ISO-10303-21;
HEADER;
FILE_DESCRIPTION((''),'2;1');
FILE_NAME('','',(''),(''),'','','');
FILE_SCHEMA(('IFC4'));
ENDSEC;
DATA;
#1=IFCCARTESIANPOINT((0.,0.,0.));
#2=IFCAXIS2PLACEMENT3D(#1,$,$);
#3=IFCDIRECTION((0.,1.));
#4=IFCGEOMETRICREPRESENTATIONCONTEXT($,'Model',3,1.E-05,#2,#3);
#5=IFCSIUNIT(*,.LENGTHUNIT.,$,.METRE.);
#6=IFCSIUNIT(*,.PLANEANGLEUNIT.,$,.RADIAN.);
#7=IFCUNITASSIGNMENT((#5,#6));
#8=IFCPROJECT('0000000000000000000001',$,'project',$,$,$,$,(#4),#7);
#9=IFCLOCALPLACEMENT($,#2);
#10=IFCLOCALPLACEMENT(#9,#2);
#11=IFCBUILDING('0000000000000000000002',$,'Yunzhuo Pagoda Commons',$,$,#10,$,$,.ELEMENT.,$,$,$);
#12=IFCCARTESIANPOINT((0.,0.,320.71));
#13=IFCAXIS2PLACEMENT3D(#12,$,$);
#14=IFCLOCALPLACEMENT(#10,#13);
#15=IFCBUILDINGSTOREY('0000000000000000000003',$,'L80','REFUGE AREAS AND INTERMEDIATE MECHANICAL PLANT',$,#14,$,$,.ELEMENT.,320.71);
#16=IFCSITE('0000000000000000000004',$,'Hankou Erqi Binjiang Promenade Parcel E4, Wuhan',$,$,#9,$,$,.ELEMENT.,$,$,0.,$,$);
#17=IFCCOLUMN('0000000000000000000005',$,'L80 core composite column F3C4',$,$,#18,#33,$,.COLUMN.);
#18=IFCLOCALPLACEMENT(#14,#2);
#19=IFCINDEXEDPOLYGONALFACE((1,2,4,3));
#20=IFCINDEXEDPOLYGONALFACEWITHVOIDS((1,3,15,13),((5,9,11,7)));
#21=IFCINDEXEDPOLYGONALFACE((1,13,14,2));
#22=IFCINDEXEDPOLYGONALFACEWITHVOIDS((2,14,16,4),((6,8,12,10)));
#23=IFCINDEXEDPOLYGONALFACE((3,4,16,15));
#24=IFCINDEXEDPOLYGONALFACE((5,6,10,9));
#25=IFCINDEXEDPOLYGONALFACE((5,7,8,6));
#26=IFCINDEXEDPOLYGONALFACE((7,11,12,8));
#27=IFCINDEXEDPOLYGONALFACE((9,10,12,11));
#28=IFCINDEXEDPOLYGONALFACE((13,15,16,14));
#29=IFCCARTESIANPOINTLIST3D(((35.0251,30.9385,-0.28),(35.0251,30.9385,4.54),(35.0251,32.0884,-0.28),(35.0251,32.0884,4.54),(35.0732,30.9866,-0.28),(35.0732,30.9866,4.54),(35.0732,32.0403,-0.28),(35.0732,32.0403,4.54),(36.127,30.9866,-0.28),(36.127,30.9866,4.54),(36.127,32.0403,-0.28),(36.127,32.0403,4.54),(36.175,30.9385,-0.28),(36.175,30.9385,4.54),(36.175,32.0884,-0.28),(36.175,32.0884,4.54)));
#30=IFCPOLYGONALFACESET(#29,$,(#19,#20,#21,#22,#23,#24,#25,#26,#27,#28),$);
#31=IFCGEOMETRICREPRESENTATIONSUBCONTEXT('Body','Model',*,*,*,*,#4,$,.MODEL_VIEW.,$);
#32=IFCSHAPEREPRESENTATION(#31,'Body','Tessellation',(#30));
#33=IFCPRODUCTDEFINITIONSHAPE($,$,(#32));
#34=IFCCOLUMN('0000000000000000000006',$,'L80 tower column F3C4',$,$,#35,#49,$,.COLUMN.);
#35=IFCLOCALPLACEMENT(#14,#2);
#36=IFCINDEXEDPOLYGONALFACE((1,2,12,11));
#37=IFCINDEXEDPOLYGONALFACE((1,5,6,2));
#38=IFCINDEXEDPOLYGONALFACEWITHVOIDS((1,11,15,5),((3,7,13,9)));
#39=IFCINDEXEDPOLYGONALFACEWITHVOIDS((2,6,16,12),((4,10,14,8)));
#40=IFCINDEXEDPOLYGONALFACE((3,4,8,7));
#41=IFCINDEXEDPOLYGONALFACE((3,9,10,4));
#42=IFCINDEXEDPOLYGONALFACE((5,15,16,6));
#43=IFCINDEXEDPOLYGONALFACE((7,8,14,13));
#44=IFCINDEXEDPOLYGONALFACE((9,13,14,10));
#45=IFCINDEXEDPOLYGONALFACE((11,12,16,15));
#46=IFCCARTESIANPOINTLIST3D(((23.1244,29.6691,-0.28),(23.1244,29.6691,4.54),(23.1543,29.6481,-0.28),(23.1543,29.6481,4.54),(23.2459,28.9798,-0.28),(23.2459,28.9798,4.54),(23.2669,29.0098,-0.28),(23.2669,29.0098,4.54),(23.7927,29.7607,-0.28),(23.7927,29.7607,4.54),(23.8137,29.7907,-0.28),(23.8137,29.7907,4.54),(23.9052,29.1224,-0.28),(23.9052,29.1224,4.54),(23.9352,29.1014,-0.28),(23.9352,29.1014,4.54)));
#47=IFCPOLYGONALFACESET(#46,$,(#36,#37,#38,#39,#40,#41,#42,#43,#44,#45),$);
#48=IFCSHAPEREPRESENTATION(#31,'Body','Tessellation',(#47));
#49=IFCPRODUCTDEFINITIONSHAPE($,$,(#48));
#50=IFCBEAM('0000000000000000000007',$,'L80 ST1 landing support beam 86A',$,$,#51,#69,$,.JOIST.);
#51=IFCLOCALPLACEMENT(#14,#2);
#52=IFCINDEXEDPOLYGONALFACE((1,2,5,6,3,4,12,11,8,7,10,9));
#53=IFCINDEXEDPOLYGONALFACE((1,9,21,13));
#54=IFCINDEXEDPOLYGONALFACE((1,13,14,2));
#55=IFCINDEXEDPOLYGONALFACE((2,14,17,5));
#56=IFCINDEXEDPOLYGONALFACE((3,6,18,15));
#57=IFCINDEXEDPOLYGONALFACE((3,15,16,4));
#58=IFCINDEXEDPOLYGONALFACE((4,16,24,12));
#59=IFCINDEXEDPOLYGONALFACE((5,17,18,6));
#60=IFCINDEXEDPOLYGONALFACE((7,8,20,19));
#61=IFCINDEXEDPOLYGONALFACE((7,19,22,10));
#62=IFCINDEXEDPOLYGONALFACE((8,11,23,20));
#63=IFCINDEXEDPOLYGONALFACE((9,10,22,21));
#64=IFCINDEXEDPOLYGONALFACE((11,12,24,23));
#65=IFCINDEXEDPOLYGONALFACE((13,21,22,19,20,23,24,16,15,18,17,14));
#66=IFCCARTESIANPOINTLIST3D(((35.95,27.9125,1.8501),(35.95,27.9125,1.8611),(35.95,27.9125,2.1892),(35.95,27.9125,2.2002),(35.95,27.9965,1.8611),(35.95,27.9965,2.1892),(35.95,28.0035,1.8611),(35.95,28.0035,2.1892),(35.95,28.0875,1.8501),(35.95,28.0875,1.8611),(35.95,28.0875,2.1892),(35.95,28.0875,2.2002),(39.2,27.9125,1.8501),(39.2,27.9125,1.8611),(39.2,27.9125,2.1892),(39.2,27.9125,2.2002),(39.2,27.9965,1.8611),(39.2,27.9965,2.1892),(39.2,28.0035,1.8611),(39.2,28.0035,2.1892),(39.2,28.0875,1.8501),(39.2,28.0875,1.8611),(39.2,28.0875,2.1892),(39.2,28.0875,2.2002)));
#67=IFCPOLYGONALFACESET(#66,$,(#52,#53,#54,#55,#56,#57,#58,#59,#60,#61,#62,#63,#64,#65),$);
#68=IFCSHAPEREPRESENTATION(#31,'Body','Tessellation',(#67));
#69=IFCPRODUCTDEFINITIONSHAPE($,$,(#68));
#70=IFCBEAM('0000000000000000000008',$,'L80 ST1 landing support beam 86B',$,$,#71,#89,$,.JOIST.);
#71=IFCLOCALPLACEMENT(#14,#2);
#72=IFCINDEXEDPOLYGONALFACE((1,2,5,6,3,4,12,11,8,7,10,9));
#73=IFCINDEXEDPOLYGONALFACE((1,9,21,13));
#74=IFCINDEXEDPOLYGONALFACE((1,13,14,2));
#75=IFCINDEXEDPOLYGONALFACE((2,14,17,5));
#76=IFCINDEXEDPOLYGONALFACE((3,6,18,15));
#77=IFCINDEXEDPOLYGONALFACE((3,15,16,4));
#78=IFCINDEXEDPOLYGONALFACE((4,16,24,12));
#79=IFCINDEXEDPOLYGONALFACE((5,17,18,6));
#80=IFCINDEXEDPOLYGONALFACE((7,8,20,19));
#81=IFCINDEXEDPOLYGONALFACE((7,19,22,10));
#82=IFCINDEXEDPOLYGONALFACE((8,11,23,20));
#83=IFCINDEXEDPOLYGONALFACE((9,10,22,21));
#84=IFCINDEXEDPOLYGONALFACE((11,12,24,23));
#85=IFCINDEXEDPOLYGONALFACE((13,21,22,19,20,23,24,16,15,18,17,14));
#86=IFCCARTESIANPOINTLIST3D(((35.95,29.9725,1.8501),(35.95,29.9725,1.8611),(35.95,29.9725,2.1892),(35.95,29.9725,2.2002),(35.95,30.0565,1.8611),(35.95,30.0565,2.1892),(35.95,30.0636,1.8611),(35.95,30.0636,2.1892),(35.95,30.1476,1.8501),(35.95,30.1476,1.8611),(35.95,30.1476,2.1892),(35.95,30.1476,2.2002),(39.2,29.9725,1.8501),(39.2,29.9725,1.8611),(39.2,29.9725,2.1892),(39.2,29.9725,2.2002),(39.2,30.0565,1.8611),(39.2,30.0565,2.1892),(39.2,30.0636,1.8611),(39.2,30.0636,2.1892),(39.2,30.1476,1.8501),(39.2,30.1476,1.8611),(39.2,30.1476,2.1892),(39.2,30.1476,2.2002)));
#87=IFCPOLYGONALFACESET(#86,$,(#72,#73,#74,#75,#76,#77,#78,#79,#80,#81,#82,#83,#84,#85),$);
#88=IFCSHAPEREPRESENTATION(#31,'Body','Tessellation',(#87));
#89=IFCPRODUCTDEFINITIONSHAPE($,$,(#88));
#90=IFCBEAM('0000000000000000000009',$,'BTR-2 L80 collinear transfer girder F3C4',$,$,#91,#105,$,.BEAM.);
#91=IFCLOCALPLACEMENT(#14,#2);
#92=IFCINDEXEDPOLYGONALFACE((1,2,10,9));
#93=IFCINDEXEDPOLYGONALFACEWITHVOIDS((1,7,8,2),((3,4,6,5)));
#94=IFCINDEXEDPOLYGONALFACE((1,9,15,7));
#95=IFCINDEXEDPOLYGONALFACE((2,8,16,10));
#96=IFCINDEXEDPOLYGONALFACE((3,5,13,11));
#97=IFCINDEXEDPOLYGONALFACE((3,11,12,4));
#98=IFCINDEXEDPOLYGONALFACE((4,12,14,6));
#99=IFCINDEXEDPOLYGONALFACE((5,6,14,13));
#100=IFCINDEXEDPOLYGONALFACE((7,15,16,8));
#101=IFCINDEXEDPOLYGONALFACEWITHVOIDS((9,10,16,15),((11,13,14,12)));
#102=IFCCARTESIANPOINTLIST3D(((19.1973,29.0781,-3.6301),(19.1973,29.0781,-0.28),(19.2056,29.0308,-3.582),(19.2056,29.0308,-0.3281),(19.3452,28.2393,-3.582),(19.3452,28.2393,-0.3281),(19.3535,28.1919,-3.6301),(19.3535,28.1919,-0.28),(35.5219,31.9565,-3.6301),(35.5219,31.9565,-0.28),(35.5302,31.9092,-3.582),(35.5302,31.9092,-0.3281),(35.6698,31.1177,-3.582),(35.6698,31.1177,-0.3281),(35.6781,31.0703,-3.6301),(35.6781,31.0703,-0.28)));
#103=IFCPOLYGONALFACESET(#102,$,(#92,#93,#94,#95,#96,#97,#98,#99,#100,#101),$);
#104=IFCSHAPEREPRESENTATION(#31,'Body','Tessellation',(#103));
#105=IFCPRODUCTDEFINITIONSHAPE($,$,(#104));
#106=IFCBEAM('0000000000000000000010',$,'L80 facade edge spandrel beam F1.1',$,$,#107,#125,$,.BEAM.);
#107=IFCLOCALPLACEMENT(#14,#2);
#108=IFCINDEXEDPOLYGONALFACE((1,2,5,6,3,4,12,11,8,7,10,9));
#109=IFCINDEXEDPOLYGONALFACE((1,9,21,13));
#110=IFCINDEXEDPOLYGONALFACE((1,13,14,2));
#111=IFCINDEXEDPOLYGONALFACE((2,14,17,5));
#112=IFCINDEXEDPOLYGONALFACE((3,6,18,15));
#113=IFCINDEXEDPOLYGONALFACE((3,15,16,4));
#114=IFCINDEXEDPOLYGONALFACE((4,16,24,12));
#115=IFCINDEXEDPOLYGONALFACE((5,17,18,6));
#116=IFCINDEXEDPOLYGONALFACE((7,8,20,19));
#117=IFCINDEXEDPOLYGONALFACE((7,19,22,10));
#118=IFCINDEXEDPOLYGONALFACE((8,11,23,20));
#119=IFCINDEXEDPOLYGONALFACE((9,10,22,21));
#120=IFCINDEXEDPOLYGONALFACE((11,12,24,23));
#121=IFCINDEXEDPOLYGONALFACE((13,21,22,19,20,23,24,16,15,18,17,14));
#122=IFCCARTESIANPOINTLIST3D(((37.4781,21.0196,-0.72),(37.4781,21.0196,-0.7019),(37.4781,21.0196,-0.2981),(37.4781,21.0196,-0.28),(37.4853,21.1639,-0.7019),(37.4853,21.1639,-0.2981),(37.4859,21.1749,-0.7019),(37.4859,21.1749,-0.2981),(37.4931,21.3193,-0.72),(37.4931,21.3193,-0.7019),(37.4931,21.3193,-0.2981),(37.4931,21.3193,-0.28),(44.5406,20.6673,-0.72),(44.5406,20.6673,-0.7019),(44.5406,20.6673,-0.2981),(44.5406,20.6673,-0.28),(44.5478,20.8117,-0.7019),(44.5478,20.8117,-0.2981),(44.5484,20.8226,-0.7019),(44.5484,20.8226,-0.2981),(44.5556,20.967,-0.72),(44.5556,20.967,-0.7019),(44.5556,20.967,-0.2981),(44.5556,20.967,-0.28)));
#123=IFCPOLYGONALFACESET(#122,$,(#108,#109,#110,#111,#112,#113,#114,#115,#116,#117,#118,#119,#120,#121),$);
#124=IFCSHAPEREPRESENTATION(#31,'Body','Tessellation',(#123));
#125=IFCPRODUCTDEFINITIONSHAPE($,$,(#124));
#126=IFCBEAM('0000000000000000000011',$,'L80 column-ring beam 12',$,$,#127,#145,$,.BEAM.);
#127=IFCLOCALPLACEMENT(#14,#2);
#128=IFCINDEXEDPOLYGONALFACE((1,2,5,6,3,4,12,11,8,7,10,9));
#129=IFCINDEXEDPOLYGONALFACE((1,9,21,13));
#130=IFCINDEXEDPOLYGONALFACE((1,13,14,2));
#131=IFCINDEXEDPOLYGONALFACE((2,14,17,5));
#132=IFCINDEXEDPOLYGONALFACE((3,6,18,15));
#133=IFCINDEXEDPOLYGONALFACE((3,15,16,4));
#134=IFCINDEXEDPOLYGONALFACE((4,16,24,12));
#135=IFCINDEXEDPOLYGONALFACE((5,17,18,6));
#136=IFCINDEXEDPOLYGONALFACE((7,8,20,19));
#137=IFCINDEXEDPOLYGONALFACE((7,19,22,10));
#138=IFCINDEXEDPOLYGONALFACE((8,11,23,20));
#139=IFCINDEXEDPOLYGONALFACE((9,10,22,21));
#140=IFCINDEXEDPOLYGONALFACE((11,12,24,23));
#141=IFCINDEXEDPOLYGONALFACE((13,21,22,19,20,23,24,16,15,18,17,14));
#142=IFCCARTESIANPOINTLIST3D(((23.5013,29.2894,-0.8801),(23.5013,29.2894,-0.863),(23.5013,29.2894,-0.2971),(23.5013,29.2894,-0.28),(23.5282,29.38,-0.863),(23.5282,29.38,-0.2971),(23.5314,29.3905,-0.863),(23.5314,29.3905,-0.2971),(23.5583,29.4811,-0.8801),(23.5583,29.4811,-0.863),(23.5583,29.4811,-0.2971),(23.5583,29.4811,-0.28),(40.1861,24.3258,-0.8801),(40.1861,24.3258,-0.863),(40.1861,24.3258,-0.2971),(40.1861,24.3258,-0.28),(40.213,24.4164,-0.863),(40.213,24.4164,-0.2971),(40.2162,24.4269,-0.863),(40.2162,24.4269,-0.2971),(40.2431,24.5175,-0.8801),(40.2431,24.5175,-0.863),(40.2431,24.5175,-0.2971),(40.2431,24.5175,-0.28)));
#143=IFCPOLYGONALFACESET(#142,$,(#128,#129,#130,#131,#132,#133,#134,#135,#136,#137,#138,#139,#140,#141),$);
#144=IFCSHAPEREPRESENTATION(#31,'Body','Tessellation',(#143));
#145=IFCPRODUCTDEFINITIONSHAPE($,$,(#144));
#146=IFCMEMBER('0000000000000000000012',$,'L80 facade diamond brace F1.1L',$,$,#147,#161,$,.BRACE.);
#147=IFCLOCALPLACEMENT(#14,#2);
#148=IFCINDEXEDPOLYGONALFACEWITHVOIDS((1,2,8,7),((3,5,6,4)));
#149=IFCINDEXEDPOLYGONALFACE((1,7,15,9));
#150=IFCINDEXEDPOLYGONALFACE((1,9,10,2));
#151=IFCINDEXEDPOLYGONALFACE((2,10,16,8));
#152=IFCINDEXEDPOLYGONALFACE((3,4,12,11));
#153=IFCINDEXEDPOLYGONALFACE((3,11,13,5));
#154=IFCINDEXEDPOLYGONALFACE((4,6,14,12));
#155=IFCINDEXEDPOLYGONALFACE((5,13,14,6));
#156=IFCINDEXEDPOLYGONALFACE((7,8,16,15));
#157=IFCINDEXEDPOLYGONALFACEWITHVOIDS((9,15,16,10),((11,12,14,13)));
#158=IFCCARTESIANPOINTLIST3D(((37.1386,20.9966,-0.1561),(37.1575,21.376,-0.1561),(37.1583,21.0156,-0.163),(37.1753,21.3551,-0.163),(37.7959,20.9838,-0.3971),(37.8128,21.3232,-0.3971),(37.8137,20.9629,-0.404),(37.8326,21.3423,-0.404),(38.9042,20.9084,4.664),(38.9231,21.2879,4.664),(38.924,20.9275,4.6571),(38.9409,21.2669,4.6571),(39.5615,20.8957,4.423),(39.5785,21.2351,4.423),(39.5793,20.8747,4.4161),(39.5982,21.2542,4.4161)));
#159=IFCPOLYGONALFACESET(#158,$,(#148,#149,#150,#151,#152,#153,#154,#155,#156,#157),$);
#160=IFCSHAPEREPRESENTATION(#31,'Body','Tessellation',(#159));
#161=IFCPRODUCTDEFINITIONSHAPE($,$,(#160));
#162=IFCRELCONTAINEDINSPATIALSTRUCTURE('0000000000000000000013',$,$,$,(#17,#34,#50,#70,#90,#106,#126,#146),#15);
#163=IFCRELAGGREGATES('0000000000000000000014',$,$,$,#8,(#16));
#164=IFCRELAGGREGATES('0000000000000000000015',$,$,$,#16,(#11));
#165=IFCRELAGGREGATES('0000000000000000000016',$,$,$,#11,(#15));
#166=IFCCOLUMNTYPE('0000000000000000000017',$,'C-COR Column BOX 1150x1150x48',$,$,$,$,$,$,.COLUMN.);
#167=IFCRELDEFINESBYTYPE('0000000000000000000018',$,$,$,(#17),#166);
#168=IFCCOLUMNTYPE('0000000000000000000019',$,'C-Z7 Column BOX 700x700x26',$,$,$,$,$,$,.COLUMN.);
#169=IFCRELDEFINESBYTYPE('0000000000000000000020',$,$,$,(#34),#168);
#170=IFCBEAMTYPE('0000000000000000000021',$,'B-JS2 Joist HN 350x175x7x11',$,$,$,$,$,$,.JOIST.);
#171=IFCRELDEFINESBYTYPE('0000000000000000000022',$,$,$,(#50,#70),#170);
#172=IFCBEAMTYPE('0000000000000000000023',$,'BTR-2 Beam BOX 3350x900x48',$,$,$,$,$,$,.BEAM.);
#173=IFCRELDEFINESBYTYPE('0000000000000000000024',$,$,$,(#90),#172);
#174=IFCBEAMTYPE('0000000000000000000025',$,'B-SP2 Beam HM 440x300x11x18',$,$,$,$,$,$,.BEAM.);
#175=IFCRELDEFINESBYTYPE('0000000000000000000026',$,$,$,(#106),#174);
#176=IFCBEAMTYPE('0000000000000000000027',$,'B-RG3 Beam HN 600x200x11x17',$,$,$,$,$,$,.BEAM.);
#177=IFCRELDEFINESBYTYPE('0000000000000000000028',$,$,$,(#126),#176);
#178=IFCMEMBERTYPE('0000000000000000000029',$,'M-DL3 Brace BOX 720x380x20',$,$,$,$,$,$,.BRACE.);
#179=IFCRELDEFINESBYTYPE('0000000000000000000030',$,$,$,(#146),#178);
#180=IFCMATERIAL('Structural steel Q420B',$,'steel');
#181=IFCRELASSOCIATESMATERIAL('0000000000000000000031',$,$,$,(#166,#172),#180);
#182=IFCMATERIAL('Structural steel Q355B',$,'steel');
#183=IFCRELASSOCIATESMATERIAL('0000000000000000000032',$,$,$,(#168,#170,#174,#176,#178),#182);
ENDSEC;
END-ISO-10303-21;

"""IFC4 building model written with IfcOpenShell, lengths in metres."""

from ifc_helpers import new_model, si_unit, direction, frame, origin, origin_2d, place, context, subcontext, project, spatial, hollow_rectangle, i_section, extrude, source, transform, mapped, material, material_profile, profile_set, type_object, element, save


model = new_model("IFC4")

# Units and contexts
model_context = context("Model", 3, precision=1e-05, world=origin(), true_north=direction((0.0, 1.0)))
body_context = subcontext(model_context, "Body", "Model", "MODEL_VIEW")
ifc_project = project(units=[si_unit("LENGTHUNIT", "METRE"), si_unit("PLANEANGLEUNIT", "RADIAN")], contexts=[model_context])

# Site, building, storey
site_placement = place(None, origin())
site = spatial("IfcSite", under=ifc_project, at=site_placement, Name="Hankou Erqi Binjiang Promenade Parcel E4, Wuhan", CompositionType="ELEMENT", RefElevation=0.0)
building_placement = place(site_placement, origin())
building = spatial("IfcBuilding", under=site, at=building_placement, Name="Yunzhuo Pagoda Commons", CompositionType="ELEMENT")
storey_placement = place(building_placement, frame((0.0, 0.0, 320.71)))
storey = spatial("IfcBuildingStorey", under=building, at=storey_placement, Name="L80", Description="REFUGE AREAS AND INTERMEDIATE MECHANICAL PLANT", CompositionType="ELEMENT", Elevation=320.71)

# Columns
ifc_material_1 = material(Name="Structural steel Q420B", Category="steel")
ifc_material_profile_1 = material_profile(ifc_material_1, hollow_rectangle(XDim=1.1499, YDim=1.1499, WallThickness=0.0481, at=origin_2d()), Name="Structural steel Q420B")
ifc_profile_set_1 = profile_set([ifc_material_profile_1], Name="Structural steel Q420B")
column_type_1 = type_object("IfcColumnType", Name="C-COR Column BOX 1150x1150x48", PredefinedType="COLUMN", material=ifc_profile_set_1)
shared_shape_1 = source(origin(), body_context, "Body", "SweptSolid", [
    extrude(hollow_rectangle(XDim=1.1499, YDim=1.1499, WallThickness=0.0481, at=origin_2d()), origin(), (0.0, 0.0, 1.0), 4.8201),
])
column_1_placement = place(storey_placement, frame((35.6001, 31.5134, -0.28), z_axis=(0.0, 0.0, 1.0), x_axis=(1.0, 0.0, 0.0)))
element("IfcColumn", 1, at=column_1_placement, inside=storey, type_object=column_type_1, Name="L80 core composite column F3C4", PredefinedType="COLUMN", context=body_context, shape_type="MappedRepresentation", body=[
    mapped(shared_shape_1, transform((0.0, 0.0, 0.0), scale=1.0)),
])
ifc_material_2 = material(Name="Structural steel Q355B", Category="steel")
ifc_material_profile_2 = material_profile(ifc_material_2, hollow_rectangle(XDim=0.7, YDim=0.7, WallThickness=0.0259, at=origin_2d()), Name="Structural steel Q355B")
ifc_profile_set_2 = profile_set([ifc_material_profile_2], Name="Structural steel Q355B")
column_type_2 = type_object("IfcColumnType", Name="C-Z7 Column BOX 700x700x26", PredefinedType="COLUMN", material=ifc_profile_set_2)
shared_shape_2 = source(origin(), body_context, "Body", "SweptSolid", [
    extrude(hollow_rectangle(XDim=0.7, YDim=0.7, WallThickness=0.0259, at=origin_2d()), origin(), (0.0, 0.0, 1.0), 4.8201),
])
column_2_placement = place(storey_placement, frame((23.5298, 29.3853, -0.28), z_axis=(0.0, 0.0, 1.0), x_axis=(0.173648, -0.984808, 0.0)))
element("IfcColumn", 2, at=column_2_placement, inside=storey, type_object=column_type_2, Name="L80 tower column F3C4", PredefinedType="COLUMN", context=body_context, shape_type="MappedRepresentation", body=[
    mapped(shared_shape_2, transform((0.0, 0.0, 0.0), scale=1.0)),
])

# Beams
ifc_material_profile_3 = material_profile(ifc_material_2, i_section(OverallWidth=0.175, OverallDepth=0.3501, WebThickness=0.0071, FlangeThickness=0.011, at=origin_2d()), Name="Structural steel Q355B")
ifc_profile_set_3 = profile_set([ifc_material_profile_3], Name="Structural steel Q355B")
beam_type_1 = type_object("IfcBeamType", Name="B-JS2 Joist HN 350x175x7x11", PredefinedType="JOIST", material=ifc_profile_set_3)
shared_shape_3 = source(origin(), body_context, "Body", "SweptSolid", [
    extrude(i_section(OverallWidth=0.175, OverallDepth=0.3501, WebThickness=0.0071, FlangeThickness=0.011, at=origin_2d()), origin(), (0.0, 0.0, 1.0), 3.25),
])
for number, where, z_axis, x_axis, name in (
    (3, (35.95, 28.0, 2.0251), (1.0, 0.0, 0.0), (0.0, 1.0, 0.0), "L80 ST1 landing support beam 86A"),
    (4, (35.95, 30.0601, 2.0251), (1.0, 0.0, 0.0), (0.0, 1.0, 0.0), "L80 ST1 landing support beam 86B"),
):
    element("IfcBeam", number, at=place(storey_placement, frame(where, z_axis=z_axis, x_axis=x_axis)), inside=storey, type_object=beam_type_1, Name=name, PredefinedType="JOIST", context=body_context, shape_type="MappedRepresentation", body=[
        mapped(shared_shape_3, transform((0.0, 0.0, 0.0), scale=1.0)),
    ])
ifc_material_profile_4 = material_profile(ifc_material_1, hollow_rectangle(XDim=0.8999, YDim=3.3501, WallThickness=0.0481, at=origin_2d()), Name="Structural steel Q420B")
ifc_profile_set_4 = profile_set([ifc_material_profile_4], Name="Structural steel Q420B")
beam_type_2 = type_object("IfcBeamType", Name="BTR-2 Beam BOX 3350x900x48", PredefinedType="BEAM", material=ifc_profile_set_4)
shared_shape_4 = source(origin(), body_context, "Body", "SweptSolid", [
    extrude(hollow_rectangle(XDim=0.8999, YDim=3.3501, WallThickness=0.0481, at=origin_2d()), origin(), (0.0, 0.0, 1.0), 16.5764),
])
beam_1_placement = place(storey_placement, frame((19.2754, 28.635, -1.9551), z_axis=(0.984808, 0.173644, 0.0), x_axis=(-0.173644, 0.984808, 0.0)))
element("IfcBeam", 5, at=beam_1_placement, inside=storey, type_object=beam_type_2, Name="BTR-2 L80 collinear transfer girder F3C4", PredefinedType="BEAM", context=body_context, shape_type="MappedRepresentation", body=[
    mapped(shared_shape_4, transform((0.0, 0.0, 0.0), scale=1.0)),
])
ifc_material_profile_5 = material_profile(ifc_material_2, i_section(OverallWidth=0.3, OverallDepth=0.4399, WebThickness=0.011, FlangeThickness=0.0181, at=origin_2d()), Name="Structural steel Q355B")
ifc_profile_set_5 = profile_set([ifc_material_profile_5], Name="Structural steel Q355B")
beam_type_3 = type_object("IfcBeamType", Name="B-SP2 Beam HM 440x300x11x18", PredefinedType="BEAM", material=ifc_profile_set_5)
shared_shape_5 = source(origin(), body_context, "Body", "SweptSolid", [
    extrude(i_section(OverallWidth=0.3, OverallDepth=0.4399, WebThickness=0.011, FlangeThickness=0.0181, at=origin_2d()), origin(), (0.0, 0.0, 1.0), 7.0713),
])
beam_2_placement = place(storey_placement, frame((37.4856, 21.1694, -0.5), z_axis=(0.998758, -0.049821, 0.0), x_axis=(0.049821, 0.998758, 0.0)))
element("IfcBeam", 6, at=beam_2_placement, inside=storey, type_object=beam_type_3, Name="L80 facade edge spandrel beam F1.1", PredefinedType="BEAM", context=body_context, shape_type="MappedRepresentation", body=[
    mapped(shared_shape_5, transform((0.0, 0.0, 0.0), scale=1.0)),
])
ifc_material_profile_6 = material_profile(ifc_material_2, i_section(OverallWidth=0.2, OverallDepth=0.6001, WebThickness=0.011, FlangeThickness=0.0171, at=origin_2d()), Name="Structural steel Q355B")
ifc_profile_set_6 = profile_set([ifc_material_profile_6], Name="Structural steel Q355B")
beam_type_4 = type_object("IfcBeamType", Name="B-RG3 Beam HN 600x200x11x17", PredefinedType="BEAM", material=ifc_profile_set_6)
shared_shape_6 = source(origin(), body_context, "Body", "SweptSolid", [
    extrude(i_section(OverallWidth=0.2, OverallDepth=0.6001, WebThickness=0.011, FlangeThickness=0.0171, at=origin_2d()), origin(), (0.0, 0.0, 1.0), 17.4075),
])
beam_3_placement = place(storey_placement, frame((23.5298, 29.3853, -0.5801), z_axis=(0.958485, -0.285143, 0.0), x_axis=(0.285143, 0.958485, 0.0)))
element("IfcBeam", 7, at=beam_3_placement, inside=storey, type_object=beam_type_4, Name="L80 column-ring beam 12", PredefinedType="BEAM", context=body_context, shape_type="MappedRepresentation", body=[
    mapped(shared_shape_6, transform((0.0, 0.0, 0.0), scale=1.0)),
])

# Member
ifc_material_profile_7 = material_profile(ifc_material_2, hollow_rectangle(XDim=0.3799, YDim=0.72, WallThickness=0.02, at=origin_2d()), Name="Structural steel Q355B")
ifc_profile_set_7 = profile_set([ifc_material_profile_7], Name="Structural steel Q355B")
member_type = type_object("IfcMemberType", Name="M-DL3 Brace BOX 720x380x20", PredefinedType="BRACE", material=ifc_profile_set_7)
shared_shape_7 = source(origin(), body_context, "Body", "SweptSolid", [
    extrude(hollow_rectangle(XDim=0.3799, YDim=0.72, WallThickness=0.02, at=origin_2d()), origin(), (0.0, 0.0, 1.0), 5.134),
])
member_1_placement = place(storey_placement, frame((37.4856, 21.1694, -0.28), z_axis=(0.343906, -0.017167, 0.938847), x_axis=(0.049855, 0.998756, 0.0)))
element("IfcMember", 8, at=member_1_placement, inside=storey, type_object=member_type, Name="L80 facade diamond brace F1.1L", PredefinedType="BRACE", context=body_context, shape_type="MappedRepresentation", body=[
    mapped(shared_shape_7, transform((0.0, 0.0, 0.0), scale=1.0)),
])

save(model, "model.ifc")
